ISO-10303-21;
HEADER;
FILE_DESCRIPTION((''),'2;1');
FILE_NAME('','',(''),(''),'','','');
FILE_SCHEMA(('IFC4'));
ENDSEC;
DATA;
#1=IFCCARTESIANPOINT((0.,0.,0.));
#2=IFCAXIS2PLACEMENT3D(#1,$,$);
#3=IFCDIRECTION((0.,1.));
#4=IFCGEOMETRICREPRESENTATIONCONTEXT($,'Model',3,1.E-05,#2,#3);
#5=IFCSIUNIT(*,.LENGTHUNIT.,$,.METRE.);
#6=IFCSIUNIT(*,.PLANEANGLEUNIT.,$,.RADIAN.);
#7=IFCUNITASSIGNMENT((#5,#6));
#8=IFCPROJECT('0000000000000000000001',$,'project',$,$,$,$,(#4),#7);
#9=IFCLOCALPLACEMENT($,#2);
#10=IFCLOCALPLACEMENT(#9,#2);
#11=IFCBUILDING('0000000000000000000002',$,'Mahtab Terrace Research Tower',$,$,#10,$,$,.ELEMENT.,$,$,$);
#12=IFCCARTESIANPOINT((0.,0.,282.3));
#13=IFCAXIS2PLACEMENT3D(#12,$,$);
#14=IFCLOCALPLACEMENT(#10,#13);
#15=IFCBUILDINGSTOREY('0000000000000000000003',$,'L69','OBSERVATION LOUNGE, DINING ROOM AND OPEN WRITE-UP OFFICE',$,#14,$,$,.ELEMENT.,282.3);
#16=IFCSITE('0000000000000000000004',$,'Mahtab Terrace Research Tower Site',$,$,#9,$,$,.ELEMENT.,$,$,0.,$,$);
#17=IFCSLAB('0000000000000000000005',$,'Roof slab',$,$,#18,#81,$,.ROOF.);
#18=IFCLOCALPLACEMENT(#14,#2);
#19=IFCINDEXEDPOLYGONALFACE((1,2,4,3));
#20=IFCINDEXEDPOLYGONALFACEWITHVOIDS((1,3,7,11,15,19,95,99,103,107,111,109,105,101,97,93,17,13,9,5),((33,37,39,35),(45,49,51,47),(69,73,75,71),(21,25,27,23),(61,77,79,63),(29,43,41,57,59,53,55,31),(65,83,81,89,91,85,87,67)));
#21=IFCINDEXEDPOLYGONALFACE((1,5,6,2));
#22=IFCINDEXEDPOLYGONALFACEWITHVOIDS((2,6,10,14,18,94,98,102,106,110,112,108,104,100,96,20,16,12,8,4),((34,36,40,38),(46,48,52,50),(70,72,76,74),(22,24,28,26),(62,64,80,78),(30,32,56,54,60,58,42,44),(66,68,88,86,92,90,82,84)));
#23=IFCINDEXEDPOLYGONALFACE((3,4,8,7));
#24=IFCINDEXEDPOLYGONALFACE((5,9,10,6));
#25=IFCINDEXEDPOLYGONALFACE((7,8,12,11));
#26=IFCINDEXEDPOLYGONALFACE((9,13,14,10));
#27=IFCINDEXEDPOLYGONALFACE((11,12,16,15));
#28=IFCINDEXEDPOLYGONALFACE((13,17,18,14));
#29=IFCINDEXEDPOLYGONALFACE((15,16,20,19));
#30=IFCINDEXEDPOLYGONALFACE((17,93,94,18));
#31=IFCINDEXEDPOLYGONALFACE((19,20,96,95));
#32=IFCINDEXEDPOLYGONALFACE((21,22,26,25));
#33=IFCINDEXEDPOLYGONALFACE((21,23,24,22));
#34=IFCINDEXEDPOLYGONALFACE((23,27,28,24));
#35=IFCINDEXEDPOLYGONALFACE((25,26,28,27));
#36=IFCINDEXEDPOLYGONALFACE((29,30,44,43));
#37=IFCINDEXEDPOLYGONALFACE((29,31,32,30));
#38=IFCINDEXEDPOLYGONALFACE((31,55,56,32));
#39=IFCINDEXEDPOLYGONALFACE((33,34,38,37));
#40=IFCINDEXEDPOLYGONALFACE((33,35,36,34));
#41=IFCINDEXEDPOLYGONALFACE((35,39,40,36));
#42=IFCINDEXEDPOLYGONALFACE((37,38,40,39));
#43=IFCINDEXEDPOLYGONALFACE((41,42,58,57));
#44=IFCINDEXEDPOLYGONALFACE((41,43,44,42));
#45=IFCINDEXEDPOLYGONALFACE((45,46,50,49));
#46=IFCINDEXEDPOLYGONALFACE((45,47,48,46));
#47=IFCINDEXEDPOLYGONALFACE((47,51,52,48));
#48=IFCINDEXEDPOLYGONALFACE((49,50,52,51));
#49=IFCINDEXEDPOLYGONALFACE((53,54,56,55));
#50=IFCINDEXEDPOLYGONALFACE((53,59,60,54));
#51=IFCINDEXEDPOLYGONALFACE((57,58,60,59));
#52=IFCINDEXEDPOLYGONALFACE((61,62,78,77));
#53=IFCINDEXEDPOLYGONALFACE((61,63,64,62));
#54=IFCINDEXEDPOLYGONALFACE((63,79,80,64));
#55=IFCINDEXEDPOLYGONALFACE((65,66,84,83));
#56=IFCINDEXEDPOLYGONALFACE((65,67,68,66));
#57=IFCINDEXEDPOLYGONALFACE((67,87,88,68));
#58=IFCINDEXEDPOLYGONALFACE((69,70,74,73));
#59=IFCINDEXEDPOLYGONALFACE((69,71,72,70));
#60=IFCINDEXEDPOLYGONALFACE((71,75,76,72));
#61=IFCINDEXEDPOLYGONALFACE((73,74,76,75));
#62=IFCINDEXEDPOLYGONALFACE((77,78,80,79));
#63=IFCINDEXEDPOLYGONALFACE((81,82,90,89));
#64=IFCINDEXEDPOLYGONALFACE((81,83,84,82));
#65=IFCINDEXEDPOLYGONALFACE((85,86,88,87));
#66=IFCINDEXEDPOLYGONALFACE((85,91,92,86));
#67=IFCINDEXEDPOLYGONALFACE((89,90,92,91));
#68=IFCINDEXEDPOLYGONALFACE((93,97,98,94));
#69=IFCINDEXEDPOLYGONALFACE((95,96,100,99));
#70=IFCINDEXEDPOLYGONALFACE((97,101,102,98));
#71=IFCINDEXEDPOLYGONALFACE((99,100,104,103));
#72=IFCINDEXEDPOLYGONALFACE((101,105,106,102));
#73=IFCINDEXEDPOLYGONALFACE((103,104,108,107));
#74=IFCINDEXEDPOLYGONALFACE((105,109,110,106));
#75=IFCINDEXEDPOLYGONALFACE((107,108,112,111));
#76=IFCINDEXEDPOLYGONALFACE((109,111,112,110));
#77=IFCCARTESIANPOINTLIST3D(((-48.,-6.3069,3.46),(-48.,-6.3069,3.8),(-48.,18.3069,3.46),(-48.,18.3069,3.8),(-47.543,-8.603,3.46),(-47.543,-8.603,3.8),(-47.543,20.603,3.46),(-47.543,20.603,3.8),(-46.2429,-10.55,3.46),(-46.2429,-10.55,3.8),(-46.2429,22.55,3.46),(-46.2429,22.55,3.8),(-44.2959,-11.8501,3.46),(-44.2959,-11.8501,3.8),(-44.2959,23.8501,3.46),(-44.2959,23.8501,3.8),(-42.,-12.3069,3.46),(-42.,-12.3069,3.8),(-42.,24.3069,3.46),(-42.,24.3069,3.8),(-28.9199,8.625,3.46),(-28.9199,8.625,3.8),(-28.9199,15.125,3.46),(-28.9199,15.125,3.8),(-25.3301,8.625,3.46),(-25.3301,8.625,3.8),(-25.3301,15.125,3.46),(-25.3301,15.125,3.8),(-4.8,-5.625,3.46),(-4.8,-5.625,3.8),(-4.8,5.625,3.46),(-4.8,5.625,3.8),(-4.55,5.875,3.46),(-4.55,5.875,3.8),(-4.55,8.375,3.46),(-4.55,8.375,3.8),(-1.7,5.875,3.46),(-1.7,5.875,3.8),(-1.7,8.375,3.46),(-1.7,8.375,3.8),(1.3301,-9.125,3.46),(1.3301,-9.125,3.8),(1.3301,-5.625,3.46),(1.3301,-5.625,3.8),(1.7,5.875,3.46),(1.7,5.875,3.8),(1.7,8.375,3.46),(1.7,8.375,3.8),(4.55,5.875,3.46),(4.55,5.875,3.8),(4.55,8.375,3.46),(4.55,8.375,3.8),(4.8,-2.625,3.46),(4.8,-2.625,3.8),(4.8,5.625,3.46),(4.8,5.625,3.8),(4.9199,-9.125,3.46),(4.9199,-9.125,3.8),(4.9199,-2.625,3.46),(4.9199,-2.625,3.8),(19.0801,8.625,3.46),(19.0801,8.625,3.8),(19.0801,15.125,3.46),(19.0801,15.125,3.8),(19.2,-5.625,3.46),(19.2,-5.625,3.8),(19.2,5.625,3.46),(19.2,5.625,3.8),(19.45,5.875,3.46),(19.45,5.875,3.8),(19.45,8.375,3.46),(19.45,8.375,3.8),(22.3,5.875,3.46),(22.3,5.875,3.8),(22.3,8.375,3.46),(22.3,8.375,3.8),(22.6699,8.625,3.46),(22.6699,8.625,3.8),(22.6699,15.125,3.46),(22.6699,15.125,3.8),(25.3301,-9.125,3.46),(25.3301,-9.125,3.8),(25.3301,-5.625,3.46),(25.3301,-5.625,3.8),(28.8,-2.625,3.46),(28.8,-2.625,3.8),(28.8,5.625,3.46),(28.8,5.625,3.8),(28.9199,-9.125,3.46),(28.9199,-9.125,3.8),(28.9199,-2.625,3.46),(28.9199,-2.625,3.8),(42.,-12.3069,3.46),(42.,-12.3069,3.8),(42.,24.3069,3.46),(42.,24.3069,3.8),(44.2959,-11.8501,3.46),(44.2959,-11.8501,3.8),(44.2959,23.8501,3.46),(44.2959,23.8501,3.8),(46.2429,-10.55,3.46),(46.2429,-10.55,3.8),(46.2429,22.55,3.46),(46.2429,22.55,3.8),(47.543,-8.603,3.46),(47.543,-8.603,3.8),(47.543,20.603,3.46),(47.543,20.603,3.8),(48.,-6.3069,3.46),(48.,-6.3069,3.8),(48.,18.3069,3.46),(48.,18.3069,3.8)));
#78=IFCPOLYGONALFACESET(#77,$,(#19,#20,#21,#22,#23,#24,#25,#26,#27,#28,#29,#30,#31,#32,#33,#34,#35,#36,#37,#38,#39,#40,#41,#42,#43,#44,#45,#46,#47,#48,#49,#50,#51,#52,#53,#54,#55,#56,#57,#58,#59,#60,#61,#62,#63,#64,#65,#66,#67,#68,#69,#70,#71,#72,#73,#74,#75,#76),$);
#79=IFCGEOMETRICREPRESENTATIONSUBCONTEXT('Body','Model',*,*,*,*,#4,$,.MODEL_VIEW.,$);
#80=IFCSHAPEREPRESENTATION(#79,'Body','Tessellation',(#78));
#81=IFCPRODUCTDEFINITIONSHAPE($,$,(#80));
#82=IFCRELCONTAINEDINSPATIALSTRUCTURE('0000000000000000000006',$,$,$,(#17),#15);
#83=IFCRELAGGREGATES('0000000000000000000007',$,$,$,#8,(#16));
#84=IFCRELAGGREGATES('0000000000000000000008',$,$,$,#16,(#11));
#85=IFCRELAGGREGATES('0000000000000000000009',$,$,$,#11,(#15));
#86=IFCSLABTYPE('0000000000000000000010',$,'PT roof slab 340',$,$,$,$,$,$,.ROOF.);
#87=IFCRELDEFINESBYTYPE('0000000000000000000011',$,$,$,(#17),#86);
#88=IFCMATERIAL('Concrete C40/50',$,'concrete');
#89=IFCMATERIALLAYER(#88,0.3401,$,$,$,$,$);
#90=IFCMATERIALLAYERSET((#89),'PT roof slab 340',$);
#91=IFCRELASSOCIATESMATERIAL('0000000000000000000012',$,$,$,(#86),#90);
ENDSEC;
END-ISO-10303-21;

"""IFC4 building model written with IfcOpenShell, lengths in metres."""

from ifc_helpers import new_model, si_unit, direction, frame, origin, place, context, subcontext, project, spatial, polyline, outline, extrude, material, layer, layer_set, type_object, element, save


model = new_model("IFC4")

# Units and contexts
model_context = context("Model", 3, precision=1e-05, world=origin(), true_north=direction((0.0, 1.0)))
body_context = subcontext(model_context, "Body", "Model", "MODEL_VIEW")
ifc_project = project(units=[si_unit("LENGTHUNIT", "METRE"), si_unit("PLANEANGLEUNIT", "RADIAN")], contexts=[model_context])

# Site, building, storey
site_placement = place(None, origin())
site = spatial("IfcSite", under=ifc_project, at=site_placement, Name="Mahtab Terrace Research Tower Site", CompositionType="ELEMENT", RefElevation=0.0)
building_placement = place(site_placement, origin())
building = spatial("IfcBuilding", under=site, at=building_placement, Name="Mahtab Terrace Research Tower", CompositionType="ELEMENT")
storey_placement = place(building_placement, frame((0.0, 0.0, 282.3)))
storey = spatial("IfcBuildingStorey", under=building, at=storey_placement, Name="L69", Description="OBSERVATION LOUNGE, DINING ROOM AND OPEN WRITE-UP OFFICE", CompositionType="ELEMENT", Elevation=282.3)

# Shared definitions
ifc_material_1 = material(Name="Concrete C40/50", Category="concrete")

# Slab
ifc_layer_1 = layer(ifc_material_1, 0.3401)
ifc_layer_set_1 = layer_set([ifc_layer_1], Name="PT roof slab 340")
slab_type_1 = type_object("IfcSlabType", Name="PT roof slab 340", PredefinedType="ROOF", material=ifc_layer_set_1)
slab_1_placement = place(storey_placement, frame((0.0, 0.0, 3.46)))
element("IfcSlab", 1, at=slab_1_placement, inside=storey, type_object=slab_type_1, Name="Roof slab", PredefinedType="ROOF", context=body_context, shape_type="SweptSolid", body=[
    extrude(outline(polyline([(47.543, 20.603), (46.2429, 22.55), (44.2959, 23.8501), (42.0, 24.3069), (-42.0, 24.3069), (-44.2959, 23.8501), (-46.2429, 22.55), (-47.543, 20.603), (-48.0, 18.3069), (-48.0, -6.3069), (-47.543, -8.603), (-46.2429, -10.55), (-44.2959, -11.8501), (-42.0, -12.3069), (42.0, -12.3069), (44.2959, -11.8501), (46.2429, -10.55), (47.543, -8.603), (48.0, -6.3069), (48.0, 18.3069), (47.543, 20.603)]), holes=[polyline([(1.3301, -9.125), (1.3301, -5.625), (-4.8, -5.625), (-4.8, 5.625), (4.8, 5.625), (4.8, -2.625), (4.9199, -2.625), (4.9199, -9.125), (1.3301, -9.125)]), polyline([(-4.55, 8.375), (-1.7, 8.375), (-1.7, 5.875), (-4.55, 5.875), (-4.55, 8.375)]), polyline([(-28.9199, 8.625), (-28.9199, 15.125), (-25.3301, 15.125), (-25.3301, 8.625), (-28.9199, 8.625)]), polyline([(25.3301, -9.125), (25.3301, -5.625), (19.2, -5.625), (19.2, 5.625), (28.8, 5.625), (28.8, -2.625), (28.9199, -2.625), (28.9199, -9.125), (25.3301, -9.125)]), polyline([(1.7, 5.875), (1.7, 8.375), (4.55, 8.375), (4.55, 5.875), (1.7, 5.875)]), polyline([(19.45, 8.375), (22.3, 8.375), (22.3, 5.875), (19.45, 5.875), (19.45, 8.375)]), polyline([(19.0801, 15.125), (22.6699, 15.125), (22.6699, 8.625), (19.0801, 8.625), (19.0801, 15.125)])]), origin(), (0.0, 0.0, 1.0), 0.3401),
])

save(model, "model.ifc")
